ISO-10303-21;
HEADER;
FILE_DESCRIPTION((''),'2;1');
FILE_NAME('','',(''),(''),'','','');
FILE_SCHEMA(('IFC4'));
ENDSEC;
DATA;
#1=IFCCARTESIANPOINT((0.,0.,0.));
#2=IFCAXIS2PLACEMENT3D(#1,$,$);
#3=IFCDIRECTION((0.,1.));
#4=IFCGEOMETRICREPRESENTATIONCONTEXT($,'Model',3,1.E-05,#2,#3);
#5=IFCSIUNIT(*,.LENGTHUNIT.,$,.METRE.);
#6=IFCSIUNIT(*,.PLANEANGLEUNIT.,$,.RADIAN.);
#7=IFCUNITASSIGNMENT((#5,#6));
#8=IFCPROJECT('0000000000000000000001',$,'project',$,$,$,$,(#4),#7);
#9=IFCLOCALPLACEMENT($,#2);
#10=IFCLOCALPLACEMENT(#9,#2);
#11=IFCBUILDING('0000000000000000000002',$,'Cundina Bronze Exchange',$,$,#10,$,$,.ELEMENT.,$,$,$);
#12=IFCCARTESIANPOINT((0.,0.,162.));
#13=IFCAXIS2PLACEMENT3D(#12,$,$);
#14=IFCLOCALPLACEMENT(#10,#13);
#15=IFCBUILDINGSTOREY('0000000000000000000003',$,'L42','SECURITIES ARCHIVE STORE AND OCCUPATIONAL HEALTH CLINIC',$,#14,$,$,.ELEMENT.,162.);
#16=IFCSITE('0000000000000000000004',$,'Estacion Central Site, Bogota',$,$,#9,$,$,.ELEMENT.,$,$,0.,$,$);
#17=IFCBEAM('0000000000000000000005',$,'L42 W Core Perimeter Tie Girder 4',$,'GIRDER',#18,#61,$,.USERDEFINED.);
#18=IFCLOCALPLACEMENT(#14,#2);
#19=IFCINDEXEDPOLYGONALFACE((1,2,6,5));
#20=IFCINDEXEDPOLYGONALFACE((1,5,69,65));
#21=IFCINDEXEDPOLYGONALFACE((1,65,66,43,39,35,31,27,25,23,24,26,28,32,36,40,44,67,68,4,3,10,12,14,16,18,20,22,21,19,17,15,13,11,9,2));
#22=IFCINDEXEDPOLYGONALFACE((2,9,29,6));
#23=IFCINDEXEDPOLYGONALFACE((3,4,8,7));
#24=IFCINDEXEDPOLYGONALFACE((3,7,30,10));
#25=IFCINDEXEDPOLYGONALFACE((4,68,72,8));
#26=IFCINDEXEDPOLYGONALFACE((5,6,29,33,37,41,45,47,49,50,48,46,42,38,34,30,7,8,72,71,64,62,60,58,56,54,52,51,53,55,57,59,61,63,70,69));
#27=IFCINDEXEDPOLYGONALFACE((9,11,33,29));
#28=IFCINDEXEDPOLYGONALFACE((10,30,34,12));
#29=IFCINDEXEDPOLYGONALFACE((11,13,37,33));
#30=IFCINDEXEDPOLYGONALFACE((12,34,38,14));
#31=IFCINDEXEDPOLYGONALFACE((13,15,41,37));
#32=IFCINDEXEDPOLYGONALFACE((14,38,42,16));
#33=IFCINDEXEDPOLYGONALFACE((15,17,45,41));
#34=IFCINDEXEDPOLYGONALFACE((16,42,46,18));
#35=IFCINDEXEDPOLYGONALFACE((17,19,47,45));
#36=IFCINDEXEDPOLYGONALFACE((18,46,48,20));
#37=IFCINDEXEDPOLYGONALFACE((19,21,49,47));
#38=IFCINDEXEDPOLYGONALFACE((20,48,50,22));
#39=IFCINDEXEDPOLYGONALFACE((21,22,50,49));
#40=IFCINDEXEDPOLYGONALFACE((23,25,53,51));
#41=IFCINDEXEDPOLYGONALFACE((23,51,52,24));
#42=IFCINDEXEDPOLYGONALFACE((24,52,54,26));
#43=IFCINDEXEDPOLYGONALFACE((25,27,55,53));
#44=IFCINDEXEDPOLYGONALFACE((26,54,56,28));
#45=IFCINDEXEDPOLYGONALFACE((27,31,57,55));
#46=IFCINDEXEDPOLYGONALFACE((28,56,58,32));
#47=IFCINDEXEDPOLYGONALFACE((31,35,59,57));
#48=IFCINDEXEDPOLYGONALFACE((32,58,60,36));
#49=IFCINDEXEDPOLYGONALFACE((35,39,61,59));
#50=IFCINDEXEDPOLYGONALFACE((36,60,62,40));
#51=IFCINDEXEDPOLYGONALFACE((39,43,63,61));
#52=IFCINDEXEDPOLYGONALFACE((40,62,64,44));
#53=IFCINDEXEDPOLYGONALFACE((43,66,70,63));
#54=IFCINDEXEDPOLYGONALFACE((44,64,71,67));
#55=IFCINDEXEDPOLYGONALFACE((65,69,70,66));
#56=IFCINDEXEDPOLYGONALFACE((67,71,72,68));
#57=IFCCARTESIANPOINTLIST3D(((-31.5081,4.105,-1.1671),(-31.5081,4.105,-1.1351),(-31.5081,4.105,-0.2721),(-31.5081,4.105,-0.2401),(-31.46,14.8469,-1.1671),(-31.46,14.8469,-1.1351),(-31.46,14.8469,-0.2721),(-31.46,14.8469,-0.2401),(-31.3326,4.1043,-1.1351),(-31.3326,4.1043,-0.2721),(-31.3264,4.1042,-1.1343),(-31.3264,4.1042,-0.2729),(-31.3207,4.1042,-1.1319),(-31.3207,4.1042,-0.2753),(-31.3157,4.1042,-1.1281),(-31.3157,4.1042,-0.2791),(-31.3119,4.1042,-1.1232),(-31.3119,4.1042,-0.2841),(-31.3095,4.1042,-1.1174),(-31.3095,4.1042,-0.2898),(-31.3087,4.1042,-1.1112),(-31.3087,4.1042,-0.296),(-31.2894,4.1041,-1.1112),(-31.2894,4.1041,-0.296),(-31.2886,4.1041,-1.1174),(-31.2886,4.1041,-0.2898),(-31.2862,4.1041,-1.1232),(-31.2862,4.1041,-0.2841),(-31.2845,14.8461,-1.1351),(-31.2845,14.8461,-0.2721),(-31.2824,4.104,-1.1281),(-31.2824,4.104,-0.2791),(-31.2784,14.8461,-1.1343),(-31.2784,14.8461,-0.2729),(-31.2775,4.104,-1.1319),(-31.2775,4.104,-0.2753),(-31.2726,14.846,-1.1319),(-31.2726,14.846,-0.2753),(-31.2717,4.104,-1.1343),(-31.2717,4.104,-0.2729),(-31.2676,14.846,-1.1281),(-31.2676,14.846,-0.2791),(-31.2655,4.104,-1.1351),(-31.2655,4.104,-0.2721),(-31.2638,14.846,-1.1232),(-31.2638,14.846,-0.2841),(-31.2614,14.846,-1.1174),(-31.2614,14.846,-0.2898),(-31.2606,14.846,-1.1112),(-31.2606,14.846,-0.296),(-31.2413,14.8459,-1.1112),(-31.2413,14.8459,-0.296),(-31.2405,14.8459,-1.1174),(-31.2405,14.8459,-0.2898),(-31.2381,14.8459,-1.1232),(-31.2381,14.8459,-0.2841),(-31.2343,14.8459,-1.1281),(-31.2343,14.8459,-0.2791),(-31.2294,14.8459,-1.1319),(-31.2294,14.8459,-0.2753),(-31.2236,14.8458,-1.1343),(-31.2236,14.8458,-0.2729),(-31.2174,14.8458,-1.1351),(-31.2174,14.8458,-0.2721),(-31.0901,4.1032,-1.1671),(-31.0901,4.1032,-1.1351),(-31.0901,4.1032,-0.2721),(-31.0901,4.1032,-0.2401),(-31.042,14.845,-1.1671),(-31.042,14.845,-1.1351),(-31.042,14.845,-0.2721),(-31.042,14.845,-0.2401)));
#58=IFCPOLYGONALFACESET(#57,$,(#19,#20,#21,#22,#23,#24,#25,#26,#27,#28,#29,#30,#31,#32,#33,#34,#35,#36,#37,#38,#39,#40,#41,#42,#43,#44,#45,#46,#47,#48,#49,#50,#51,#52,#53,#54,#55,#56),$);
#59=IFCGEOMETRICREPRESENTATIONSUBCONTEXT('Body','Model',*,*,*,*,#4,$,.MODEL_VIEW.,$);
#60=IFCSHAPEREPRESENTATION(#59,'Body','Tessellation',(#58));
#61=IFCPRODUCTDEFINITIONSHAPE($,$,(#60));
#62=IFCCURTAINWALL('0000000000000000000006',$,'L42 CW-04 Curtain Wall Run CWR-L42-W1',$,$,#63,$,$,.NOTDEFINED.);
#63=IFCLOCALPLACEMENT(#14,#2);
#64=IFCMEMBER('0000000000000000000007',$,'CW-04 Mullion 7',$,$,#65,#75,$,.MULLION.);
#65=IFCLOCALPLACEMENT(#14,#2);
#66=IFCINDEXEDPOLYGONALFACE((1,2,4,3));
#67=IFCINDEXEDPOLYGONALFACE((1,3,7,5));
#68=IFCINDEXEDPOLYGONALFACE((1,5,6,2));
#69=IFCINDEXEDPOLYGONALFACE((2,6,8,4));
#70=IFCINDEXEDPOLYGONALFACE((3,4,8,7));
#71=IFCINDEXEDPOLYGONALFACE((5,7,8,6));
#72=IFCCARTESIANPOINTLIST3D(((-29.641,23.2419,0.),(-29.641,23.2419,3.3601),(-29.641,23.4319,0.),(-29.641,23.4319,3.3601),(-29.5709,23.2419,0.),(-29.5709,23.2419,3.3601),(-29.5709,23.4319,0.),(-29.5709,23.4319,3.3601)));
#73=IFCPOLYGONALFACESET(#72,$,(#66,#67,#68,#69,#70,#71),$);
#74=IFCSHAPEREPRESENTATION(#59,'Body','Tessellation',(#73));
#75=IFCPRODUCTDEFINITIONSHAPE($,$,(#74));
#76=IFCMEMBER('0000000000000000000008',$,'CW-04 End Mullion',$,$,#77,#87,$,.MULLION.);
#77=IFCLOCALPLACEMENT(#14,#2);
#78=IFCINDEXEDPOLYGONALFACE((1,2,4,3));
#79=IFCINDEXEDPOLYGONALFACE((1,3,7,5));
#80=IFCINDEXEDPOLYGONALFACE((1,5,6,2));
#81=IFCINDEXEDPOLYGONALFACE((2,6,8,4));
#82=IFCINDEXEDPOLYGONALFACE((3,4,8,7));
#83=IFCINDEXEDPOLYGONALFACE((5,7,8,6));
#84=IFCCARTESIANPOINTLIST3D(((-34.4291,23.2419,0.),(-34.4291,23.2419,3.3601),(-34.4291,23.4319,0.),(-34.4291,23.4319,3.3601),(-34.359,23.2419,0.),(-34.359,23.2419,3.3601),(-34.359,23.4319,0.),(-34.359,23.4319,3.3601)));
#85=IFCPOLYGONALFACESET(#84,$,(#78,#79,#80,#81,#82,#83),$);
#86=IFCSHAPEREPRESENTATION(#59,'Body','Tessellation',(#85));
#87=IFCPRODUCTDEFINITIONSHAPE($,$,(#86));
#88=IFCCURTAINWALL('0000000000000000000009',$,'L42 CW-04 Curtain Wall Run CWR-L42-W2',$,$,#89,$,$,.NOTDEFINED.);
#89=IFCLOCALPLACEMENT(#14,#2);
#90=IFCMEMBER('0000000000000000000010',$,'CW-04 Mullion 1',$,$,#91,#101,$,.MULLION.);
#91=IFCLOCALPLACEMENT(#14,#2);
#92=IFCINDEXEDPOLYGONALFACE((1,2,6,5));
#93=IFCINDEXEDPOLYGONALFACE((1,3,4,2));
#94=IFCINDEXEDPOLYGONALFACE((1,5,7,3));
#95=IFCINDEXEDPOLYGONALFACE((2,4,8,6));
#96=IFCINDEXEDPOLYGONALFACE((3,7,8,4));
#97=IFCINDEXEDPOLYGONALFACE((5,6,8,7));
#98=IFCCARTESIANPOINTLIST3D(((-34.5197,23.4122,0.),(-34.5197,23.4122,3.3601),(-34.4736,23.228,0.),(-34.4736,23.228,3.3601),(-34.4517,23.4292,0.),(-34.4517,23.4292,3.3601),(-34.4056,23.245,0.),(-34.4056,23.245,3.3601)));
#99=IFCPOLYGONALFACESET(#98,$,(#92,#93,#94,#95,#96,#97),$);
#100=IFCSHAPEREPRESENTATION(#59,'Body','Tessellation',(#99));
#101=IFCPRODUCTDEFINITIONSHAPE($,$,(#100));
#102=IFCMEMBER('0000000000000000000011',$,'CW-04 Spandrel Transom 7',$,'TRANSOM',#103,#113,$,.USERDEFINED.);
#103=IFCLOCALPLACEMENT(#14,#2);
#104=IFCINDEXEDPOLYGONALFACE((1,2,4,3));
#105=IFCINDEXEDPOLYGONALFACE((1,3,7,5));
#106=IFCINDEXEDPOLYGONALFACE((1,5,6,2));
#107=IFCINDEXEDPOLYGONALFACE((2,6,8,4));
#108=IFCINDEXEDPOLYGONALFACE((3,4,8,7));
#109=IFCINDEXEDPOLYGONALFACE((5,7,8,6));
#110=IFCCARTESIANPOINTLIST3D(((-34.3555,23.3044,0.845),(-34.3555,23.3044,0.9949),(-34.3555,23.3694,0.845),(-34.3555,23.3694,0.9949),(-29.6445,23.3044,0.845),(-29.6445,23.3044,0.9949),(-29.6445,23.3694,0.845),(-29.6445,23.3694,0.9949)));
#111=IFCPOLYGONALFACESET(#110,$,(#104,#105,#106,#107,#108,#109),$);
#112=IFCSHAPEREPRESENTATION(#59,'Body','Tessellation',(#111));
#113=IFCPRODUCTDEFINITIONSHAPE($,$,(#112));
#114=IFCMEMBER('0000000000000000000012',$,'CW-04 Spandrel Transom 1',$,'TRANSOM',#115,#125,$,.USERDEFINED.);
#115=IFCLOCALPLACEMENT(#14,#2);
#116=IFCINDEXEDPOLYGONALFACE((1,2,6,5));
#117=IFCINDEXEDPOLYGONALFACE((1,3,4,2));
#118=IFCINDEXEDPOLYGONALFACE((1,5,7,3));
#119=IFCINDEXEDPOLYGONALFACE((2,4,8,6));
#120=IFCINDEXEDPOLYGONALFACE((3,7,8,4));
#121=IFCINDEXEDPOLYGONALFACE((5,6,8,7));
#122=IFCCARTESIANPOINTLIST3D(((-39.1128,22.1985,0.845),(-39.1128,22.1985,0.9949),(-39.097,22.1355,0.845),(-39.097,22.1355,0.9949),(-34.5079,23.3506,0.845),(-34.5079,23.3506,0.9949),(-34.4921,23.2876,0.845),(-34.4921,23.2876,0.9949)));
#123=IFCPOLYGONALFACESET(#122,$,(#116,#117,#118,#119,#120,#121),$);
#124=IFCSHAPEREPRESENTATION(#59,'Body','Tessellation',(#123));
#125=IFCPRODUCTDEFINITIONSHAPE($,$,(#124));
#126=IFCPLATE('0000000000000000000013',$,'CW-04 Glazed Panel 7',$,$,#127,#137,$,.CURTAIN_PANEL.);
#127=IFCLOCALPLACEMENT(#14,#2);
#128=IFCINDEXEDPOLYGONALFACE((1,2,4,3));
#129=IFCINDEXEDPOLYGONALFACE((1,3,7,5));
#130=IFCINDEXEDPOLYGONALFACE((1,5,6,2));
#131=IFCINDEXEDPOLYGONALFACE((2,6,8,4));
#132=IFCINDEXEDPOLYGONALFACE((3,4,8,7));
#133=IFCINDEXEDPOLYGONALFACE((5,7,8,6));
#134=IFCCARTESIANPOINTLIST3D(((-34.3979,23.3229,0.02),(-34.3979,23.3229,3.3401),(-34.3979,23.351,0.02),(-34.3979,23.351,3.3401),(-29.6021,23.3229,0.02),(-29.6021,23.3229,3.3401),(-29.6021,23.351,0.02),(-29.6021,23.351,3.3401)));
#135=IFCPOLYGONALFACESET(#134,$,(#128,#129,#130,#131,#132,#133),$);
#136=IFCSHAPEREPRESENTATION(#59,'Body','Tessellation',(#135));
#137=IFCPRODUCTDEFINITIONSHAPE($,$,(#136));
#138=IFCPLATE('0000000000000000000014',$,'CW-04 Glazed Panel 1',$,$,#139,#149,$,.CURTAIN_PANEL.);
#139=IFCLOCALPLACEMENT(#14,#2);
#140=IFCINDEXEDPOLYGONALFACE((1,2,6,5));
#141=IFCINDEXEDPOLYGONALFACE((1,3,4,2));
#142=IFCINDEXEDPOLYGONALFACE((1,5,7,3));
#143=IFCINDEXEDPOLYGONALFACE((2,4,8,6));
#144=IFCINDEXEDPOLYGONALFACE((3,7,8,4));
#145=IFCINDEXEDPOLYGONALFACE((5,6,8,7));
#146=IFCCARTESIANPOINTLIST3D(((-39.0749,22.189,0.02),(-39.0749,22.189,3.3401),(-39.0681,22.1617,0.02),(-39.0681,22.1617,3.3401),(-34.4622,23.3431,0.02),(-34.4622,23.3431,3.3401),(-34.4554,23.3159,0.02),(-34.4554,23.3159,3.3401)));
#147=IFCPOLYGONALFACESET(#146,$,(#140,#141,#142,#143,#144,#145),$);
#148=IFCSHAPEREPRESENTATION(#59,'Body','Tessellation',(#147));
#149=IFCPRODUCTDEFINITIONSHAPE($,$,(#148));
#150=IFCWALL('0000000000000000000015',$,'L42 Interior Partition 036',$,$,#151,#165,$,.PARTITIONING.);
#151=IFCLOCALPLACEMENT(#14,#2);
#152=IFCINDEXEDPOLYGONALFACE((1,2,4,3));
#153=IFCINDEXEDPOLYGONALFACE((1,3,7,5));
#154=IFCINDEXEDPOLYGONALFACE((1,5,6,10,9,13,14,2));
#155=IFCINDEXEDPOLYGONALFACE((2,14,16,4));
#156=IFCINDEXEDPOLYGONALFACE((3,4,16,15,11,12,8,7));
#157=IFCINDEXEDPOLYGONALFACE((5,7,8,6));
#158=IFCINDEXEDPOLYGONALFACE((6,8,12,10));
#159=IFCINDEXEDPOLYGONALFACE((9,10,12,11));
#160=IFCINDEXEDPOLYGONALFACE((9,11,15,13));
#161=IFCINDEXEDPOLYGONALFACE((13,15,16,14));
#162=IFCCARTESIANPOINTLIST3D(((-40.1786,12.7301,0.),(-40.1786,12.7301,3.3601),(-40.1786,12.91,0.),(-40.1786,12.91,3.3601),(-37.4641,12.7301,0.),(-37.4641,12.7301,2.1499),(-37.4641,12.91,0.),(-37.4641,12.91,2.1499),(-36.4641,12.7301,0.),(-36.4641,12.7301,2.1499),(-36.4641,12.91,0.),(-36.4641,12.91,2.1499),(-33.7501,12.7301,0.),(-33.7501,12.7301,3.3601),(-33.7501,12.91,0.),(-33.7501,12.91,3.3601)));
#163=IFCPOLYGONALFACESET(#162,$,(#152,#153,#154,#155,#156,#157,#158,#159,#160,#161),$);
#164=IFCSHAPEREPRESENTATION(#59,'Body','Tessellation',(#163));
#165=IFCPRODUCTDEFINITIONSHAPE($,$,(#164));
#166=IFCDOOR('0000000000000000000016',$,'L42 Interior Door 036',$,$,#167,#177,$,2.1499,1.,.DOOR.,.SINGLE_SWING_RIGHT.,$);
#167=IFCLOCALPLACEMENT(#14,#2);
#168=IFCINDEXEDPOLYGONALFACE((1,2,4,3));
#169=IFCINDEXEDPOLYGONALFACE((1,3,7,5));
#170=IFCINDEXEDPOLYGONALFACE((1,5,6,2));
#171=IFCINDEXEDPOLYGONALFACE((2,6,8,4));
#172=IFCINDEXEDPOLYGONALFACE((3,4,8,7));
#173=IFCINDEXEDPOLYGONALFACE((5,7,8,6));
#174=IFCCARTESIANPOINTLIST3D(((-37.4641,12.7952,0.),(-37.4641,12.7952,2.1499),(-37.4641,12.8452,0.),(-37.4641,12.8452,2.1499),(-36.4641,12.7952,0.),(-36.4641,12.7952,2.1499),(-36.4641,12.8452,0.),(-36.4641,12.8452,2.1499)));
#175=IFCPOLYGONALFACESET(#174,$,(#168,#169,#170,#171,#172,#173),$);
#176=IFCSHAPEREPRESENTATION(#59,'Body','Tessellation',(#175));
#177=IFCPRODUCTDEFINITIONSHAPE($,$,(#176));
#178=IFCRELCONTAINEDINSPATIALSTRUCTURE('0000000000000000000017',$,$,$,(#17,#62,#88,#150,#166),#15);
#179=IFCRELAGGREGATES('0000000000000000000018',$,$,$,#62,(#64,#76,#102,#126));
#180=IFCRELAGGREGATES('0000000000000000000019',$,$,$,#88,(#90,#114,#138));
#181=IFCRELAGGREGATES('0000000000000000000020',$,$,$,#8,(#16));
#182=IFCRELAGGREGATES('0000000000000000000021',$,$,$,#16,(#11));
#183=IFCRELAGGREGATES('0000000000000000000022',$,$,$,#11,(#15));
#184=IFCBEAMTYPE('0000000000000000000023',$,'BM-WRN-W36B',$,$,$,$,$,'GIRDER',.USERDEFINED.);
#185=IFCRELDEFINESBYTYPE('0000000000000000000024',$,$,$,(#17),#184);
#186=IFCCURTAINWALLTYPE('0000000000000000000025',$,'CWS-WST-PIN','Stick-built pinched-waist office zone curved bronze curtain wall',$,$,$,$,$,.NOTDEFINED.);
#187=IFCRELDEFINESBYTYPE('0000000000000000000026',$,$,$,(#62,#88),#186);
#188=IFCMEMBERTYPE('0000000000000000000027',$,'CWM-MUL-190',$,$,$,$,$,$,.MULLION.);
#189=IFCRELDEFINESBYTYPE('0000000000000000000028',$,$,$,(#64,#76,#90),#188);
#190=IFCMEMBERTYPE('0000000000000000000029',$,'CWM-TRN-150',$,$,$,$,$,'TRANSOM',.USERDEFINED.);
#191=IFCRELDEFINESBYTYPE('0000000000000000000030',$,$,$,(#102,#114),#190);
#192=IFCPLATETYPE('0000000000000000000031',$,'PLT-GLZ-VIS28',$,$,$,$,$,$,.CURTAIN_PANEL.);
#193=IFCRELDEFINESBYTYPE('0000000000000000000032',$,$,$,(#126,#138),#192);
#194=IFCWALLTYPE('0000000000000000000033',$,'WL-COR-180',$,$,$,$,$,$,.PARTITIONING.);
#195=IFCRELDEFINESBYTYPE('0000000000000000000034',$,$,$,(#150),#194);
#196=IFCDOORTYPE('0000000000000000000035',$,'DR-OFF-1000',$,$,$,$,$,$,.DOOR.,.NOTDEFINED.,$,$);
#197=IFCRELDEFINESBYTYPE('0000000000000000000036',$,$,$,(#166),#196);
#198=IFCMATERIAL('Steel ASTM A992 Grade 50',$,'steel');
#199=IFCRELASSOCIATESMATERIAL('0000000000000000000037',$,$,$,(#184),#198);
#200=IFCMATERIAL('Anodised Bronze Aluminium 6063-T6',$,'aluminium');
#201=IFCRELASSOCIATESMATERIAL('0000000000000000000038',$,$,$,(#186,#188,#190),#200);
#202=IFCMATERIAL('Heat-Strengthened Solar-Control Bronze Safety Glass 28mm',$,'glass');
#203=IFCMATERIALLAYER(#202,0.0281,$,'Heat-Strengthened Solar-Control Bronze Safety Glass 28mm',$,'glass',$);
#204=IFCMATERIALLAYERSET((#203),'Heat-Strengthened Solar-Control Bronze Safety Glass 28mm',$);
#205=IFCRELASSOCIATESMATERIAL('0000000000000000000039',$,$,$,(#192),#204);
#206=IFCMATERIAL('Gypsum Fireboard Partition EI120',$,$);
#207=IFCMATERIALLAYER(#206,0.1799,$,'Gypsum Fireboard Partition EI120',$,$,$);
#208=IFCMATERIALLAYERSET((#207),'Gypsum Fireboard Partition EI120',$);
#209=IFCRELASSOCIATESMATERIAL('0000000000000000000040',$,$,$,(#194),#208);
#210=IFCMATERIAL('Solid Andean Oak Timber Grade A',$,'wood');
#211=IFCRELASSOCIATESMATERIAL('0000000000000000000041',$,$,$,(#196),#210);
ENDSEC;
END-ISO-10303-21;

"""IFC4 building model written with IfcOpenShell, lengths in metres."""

from ifc_helpers import new_model, si_unit, direction, frame, frame_2d, origin, origin_2d, place, context, subcontext, project, spatial, rectangle, i_section, extrude, material, layer, layer_set, material_profile, profile_set, type_object, element, fill, aggregate, save


model = new_model("IFC4")

# Units and contexts
model_context = context("Model", 3, precision=1e-05, world=origin(), true_north=direction((0.0, 1.0)))
body_context = subcontext(model_context, "Body", "Model", "MODEL_VIEW")
ifc_project = project(units=[si_unit("LENGTHUNIT", "METRE"), si_unit("PLANEANGLEUNIT", "RADIAN")], contexts=[model_context])

# Site, building, storey
site_placement = place(None, origin())
site = spatial("IfcSite", under=ifc_project, at=site_placement, Name="Estacion Central Site, Bogota", CompositionType="ELEMENT", RefElevation=0.0)
building_placement = place(site_placement, origin())
building = spatial("IfcBuilding", under=site, at=building_placement, Name="Cundina Bronze Exchange", CompositionType="ELEMENT")
storey_placement = place(building_placement, frame((0.0, 0.0, 162.0)))
storey = spatial("IfcBuildingStorey", under=building, at=storey_placement, Name="L42", Description="SECURITIES ARCHIVE STORE AND OCCUPATIONAL HEALTH CLINIC", CompositionType="ELEMENT", Elevation=162.0)

# Shared definitions
ifc_material_1 = material(Name="Steel ASTM A992 Grade 50", Category="steel")

# Beam
ifc_material_profile_1 = material_profile(ifc_material_1, i_section(OverallWidth=0.418, OverallDepth=0.927, WebThickness=0.0193, FlangeThickness=0.032, FilletRadius=0.0239, at=origin_2d()), Name="W36X231", Category="steel")
ifc_profile_set_1 = profile_set([ifc_material_profile_1], Name="Steel ASTM A992 Grade 50")
beam_type_1 = type_object("IfcBeamType", Name="BM-WRN-W36B", ElementType="GIRDER", PredefinedType="USERDEFINED", material=ifc_profile_set_1)
beam_1_placement = place(storey_placement, frame((-31.251, 14.8459, -0.7036), z_axis=(-0.004477, -0.99999, 0.0), x_axis=(0.99999, -0.004477, 0.0)))
element("IfcBeam", 1, at=beam_1_placement, inside=storey, type_object=beam_type_1, Name="L42 W Core Perimeter Tie Girder 4", ObjectType="GIRDER", PredefinedType="USERDEFINED", context=body_context, shape_type="SweptSolid", body=[
    extrude(i_section(OverallWidth=0.418, OverallDepth=0.927, WebThickness=0.0193, FlangeThickness=0.032, FilletRadius=0.0239, at=origin_2d()), origin(), (0.0, 0.0, 1.0), 10.7419),
])

# Curtain wall, members
ifc_material_2 = material(Name="Anodised Bronze Aluminium 6063-T6", Category="aluminium")
curtain_wall_type = type_object("IfcCurtainWallType", Name="CWS-WST-PIN", Description="Stick-built pinched-waist office zone curved bronze curtain wall", PredefinedType="NOTDEFINED", material=ifc_material_2)
curtain_wall_1_placement = place(storey_placement, origin())
curtain_wall_1 = element("IfcCurtainWall", 2, at=curtain_wall_1_placement, inside=storey, type_object=curtain_wall_type, Name="L42 CW-04 Curtain Wall Run CWR-L42-W1", PredefinedType="NOTDEFINED")
ifc_material_profile_2 = material_profile(ifc_material_2, rectangle(XDim=0.0701, YDim=0.1899, at=origin_2d()), Name="AL70X190", Category="aluminium")
ifc_profile_set_2 = profile_set([ifc_material_profile_2], Name="Anodised Bronze Aluminium 6063-T6")
member_type_1 = type_object("IfcMemberType", Name="CWM-MUL-190", PredefinedType="MULLION", material=ifc_profile_set_2)
member_1_placement = place(storey_placement, frame((-29.606, 23.3369, 0.0), z_axis=(0.0, 0.0, 1.0), x_axis=(-1.0, 0.0, 0.0)))
member_1 = element("IfcMember", 3, at=member_1_placement, type_object=member_type_1, Name="CW-04 Mullion 7", PredefinedType="MULLION", context=body_context, shape_type="SweptSolid", body=[
    extrude(rectangle(XDim=0.0701, YDim=0.1899, at=origin_2d()), origin(), (0.0, 0.0, 1.0), 3.3601),
])
member_2_placement = place(storey_placement, frame((-34.394, 23.3369, 0.0), z_axis=(0.0, 0.0, 1.0), x_axis=(-1.0, 0.0, 0.0)))
member_2 = element("IfcMember", 4, at=member_2_placement, type_object=member_type_1, Name="CW-04 End Mullion", PredefinedType="MULLION", context=body_context, shape_type="SweptSolid", body=[
    extrude(rectangle(XDim=0.0701, YDim=0.1899, at=origin_2d()), origin(), (0.0, 0.0, 1.0), 3.3601),
])

# Curtain wall, member
curtain_wall_2_placement = place(storey_placement, origin())
curtain_wall_2 = element("IfcCurtainWall", 5, at=curtain_wall_2_placement, inside=storey, type_object=curtain_wall_type, Name="L42 CW-04 Curtain Wall Run CWR-L42-W2", PredefinedType="NOTDEFINED")
member_3_placement = place(storey_placement, frame((-34.4626, 23.3286, 0.0), z_axis=(0.0, 0.0, 1.0), x_axis=(-0.970084, -0.242769, 0.0)))
member_3 = element("IfcMember", 6, at=member_3_placement, type_object=member_type_1, Name="CW-04 Mullion 1", PredefinedType="MULLION", context=body_context, shape_type="SweptSolid", body=[
    extrude(rectangle(XDim=0.0701, YDim=0.1899, at=origin_2d()), origin(), (0.0, 0.0, 1.0), 3.3601),
])

# Members
ifc_material_profile_3 = material_profile(ifc_material_2, rectangle(XDim=0.0649, YDim=0.1499, at=origin_2d()), Name="AL65X150", Category="aluminium")
ifc_profile_set_3 = profile_set([ifc_material_profile_3], Name="Anodised Bronze Aluminium 6063-T6")
member_type_2 = type_object("IfcMemberType", Name="CWM-TRN-150", ElementType="TRANSOM", PredefinedType="USERDEFINED", material=ifc_profile_set_3)
member_4_placement = place(storey_placement, frame((-29.6445, 23.3369, 0.9199), z_axis=(-1.0, 0.0, 0.0), x_axis=(0.0, -1.0, 0.0)))
member_4 = element("IfcMember", 7, at=member_4_placement, type_object=member_type_2, Name="CW-04 Spandrel Transom 7", ObjectType="TRANSOM", PredefinedType="USERDEFINED", context=body_context, shape_type="SweptSolid", body=[
    extrude(rectangle(XDim=0.0649, YDim=0.1499, at=origin_2d()), origin(), (0.0, 0.0, 1.0), 4.7109),
])
member_5_placement = place(storey_placement, frame((-34.5, 23.3191, 0.9199), z_axis=(-0.9701, -0.242705, 0.0), x_axis=(0.242705, -0.9701, 0.0)))
member_5 = element("IfcMember", 8, at=member_5_placement, type_object=member_type_2, Name="CW-04 Spandrel Transom 1", ObjectType="TRANSOM", PredefinedType="USERDEFINED", context=body_context, shape_type="SweptSolid", body=[
    extrude(rectangle(XDim=0.0649, YDim=0.1499, at=origin_2d()), origin(), (0.0, 0.0, 1.0), 4.7468),
])

# Plates
ifc_material_3 = material(Name="Heat-Strengthened Solar-Control Bronze Safety Glass 28mm", Category="glass")
ifc_layer_1 = layer(ifc_material_3, 0.0281, Name="Heat-Strengthened Solar-Control Bronze Safety Glass 28mm", Category="glass")
ifc_layer_set_1 = layer_set([ifc_layer_1], Name="Heat-Strengthened Solar-Control Bronze Safety Glass 28mm")
plate_type = type_object("IfcPlateType", Name="PLT-GLZ-VIS28", PredefinedType="CURTAIN_PANEL", material=ifc_layer_set_1)
plate_1_placement = place(storey_placement, frame((-32.0, 23.3369, 0.02), z_axis=(0.0, 0.0, 1.0), x_axis=(-1.0, 0.0, 0.0)))
plate_1 = element("IfcPlate", 9, at=plate_1_placement, type_object=plate_type, Name="CW-04 Glazed Panel 7", PredefinedType="CURTAIN_PANEL", context=body_context, shape_type="SweptSolid", body=[
    extrude(rectangle(XDim=4.7959, YDim=0.0281, at=origin_2d()), origin(), (0.0, 0.0, 1.0), 3.3201),
])
aggregate(curtain_wall_1, [member_1, member_2, member_4, plate_1])
plate_2_placement = place(storey_placement, frame((-36.7651, 22.7524, 0.02), z_axis=(0.0, 0.0, 1.0), x_axis=(-0.970093, -0.242735, 0.0)))
plate_2 = element("IfcPlate", 10, at=plate_2_placement, type_object=plate_type, Name="CW-04 Glazed Panel 1", PredefinedType="CURTAIN_PANEL", context=body_context, shape_type="SweptSolid", body=[
    extrude(rectangle(XDim=4.7549, YDim=0.0281, at=origin_2d()), origin(), (0.0, 0.0, 1.0), 3.3201),
])
aggregate(curtain_wall_2, [member_3, member_5, plate_2])

# Wall, opening, door
ifc_material_4 = material(Name="Gypsum Fireboard Partition EI120")
ifc_layer_2 = layer(ifc_material_4, 0.1799, Name="Gypsum Fireboard Partition EI120")
ifc_layer_set_2 = layer_set([ifc_layer_2], Name="Gypsum Fireboard Partition EI120")
wall_type_1 = type_object("IfcWallType", Name="WL-COR-180", PredefinedType="PARTITIONING", material=ifc_layer_set_2)
ifc_material_5 = material(Name="Solid Andean Oak Timber Grade A", Category="wood")
door_type_1 = type_object("IfcDoorType", Name="DR-OFF-1000", OperationType="NOTDEFINED", PredefinedType="DOOR", material=ifc_material_5)
wall_1_placement = place(storey_placement, frame((-33.75, 12.8201, 0.0), z_axis=(0.0, 0.0, 1.0), x_axis=(-1.0, 0.0, 0.0)))
wall_1 = element("IfcWall", 11, at=wall_1_placement, inside=storey, type_object=wall_type_1, Name="L42 Interior Partition 036", PredefinedType="PARTITIONING", context=body_context, shape_type="SweptSolid", body=[
    extrude(rectangle(XDim=6.4285, YDim=0.1799, at=frame_2d((3.2144, 0.0))), origin(), (0.0, 0.0, 1.0), 3.3601),
])
opening_1_placement = place(wall_1_placement, frame((2.7141, 0.0, 0.0)))
opening_1 = element("IfcOpeningElement", 12, at=opening_1_placement, cuts=wall_1, PredefinedType="OPENING", context=body_context, shape_type="SweptSolid", body=[
    extrude(rectangle(XDim=1.0, YDim=2.1499, at=frame_2d((0.5, 1.075))), frame((0.0, 0.0999, 0.0), z_axis=(0.0, -1.0, 0.0), x_axis=(1.0, 0.0, 0.0)), (0.0, 0.0, 1.0), 0.2),
])
door_1_placement = place(opening_1_placement, origin())
door_1 = element("IfcDoor", 13, at=door_1_placement, inside=storey, type_object=door_type_1, Name="L42 Interior Door 036", OperationType="SINGLE_SWING_RIGHT", OverallHeight=2.1499, OverallWidth=1.0, PredefinedType="DOOR", context=body_context, shape_type="SweptSolid", body=[
    extrude(rectangle(XDim=1.0, YDim=2.1499, at=frame_2d((0.5, 1.075))), frame((0.0, 0.0249, 0.0), z_axis=(0.0, -1.0, 0.0), x_axis=(1.0, 0.0, 0.0)), (0.0, 0.0, 1.0), 0.05),
])
fill(opening_1, door_1)

save(model, "model.ifc")
